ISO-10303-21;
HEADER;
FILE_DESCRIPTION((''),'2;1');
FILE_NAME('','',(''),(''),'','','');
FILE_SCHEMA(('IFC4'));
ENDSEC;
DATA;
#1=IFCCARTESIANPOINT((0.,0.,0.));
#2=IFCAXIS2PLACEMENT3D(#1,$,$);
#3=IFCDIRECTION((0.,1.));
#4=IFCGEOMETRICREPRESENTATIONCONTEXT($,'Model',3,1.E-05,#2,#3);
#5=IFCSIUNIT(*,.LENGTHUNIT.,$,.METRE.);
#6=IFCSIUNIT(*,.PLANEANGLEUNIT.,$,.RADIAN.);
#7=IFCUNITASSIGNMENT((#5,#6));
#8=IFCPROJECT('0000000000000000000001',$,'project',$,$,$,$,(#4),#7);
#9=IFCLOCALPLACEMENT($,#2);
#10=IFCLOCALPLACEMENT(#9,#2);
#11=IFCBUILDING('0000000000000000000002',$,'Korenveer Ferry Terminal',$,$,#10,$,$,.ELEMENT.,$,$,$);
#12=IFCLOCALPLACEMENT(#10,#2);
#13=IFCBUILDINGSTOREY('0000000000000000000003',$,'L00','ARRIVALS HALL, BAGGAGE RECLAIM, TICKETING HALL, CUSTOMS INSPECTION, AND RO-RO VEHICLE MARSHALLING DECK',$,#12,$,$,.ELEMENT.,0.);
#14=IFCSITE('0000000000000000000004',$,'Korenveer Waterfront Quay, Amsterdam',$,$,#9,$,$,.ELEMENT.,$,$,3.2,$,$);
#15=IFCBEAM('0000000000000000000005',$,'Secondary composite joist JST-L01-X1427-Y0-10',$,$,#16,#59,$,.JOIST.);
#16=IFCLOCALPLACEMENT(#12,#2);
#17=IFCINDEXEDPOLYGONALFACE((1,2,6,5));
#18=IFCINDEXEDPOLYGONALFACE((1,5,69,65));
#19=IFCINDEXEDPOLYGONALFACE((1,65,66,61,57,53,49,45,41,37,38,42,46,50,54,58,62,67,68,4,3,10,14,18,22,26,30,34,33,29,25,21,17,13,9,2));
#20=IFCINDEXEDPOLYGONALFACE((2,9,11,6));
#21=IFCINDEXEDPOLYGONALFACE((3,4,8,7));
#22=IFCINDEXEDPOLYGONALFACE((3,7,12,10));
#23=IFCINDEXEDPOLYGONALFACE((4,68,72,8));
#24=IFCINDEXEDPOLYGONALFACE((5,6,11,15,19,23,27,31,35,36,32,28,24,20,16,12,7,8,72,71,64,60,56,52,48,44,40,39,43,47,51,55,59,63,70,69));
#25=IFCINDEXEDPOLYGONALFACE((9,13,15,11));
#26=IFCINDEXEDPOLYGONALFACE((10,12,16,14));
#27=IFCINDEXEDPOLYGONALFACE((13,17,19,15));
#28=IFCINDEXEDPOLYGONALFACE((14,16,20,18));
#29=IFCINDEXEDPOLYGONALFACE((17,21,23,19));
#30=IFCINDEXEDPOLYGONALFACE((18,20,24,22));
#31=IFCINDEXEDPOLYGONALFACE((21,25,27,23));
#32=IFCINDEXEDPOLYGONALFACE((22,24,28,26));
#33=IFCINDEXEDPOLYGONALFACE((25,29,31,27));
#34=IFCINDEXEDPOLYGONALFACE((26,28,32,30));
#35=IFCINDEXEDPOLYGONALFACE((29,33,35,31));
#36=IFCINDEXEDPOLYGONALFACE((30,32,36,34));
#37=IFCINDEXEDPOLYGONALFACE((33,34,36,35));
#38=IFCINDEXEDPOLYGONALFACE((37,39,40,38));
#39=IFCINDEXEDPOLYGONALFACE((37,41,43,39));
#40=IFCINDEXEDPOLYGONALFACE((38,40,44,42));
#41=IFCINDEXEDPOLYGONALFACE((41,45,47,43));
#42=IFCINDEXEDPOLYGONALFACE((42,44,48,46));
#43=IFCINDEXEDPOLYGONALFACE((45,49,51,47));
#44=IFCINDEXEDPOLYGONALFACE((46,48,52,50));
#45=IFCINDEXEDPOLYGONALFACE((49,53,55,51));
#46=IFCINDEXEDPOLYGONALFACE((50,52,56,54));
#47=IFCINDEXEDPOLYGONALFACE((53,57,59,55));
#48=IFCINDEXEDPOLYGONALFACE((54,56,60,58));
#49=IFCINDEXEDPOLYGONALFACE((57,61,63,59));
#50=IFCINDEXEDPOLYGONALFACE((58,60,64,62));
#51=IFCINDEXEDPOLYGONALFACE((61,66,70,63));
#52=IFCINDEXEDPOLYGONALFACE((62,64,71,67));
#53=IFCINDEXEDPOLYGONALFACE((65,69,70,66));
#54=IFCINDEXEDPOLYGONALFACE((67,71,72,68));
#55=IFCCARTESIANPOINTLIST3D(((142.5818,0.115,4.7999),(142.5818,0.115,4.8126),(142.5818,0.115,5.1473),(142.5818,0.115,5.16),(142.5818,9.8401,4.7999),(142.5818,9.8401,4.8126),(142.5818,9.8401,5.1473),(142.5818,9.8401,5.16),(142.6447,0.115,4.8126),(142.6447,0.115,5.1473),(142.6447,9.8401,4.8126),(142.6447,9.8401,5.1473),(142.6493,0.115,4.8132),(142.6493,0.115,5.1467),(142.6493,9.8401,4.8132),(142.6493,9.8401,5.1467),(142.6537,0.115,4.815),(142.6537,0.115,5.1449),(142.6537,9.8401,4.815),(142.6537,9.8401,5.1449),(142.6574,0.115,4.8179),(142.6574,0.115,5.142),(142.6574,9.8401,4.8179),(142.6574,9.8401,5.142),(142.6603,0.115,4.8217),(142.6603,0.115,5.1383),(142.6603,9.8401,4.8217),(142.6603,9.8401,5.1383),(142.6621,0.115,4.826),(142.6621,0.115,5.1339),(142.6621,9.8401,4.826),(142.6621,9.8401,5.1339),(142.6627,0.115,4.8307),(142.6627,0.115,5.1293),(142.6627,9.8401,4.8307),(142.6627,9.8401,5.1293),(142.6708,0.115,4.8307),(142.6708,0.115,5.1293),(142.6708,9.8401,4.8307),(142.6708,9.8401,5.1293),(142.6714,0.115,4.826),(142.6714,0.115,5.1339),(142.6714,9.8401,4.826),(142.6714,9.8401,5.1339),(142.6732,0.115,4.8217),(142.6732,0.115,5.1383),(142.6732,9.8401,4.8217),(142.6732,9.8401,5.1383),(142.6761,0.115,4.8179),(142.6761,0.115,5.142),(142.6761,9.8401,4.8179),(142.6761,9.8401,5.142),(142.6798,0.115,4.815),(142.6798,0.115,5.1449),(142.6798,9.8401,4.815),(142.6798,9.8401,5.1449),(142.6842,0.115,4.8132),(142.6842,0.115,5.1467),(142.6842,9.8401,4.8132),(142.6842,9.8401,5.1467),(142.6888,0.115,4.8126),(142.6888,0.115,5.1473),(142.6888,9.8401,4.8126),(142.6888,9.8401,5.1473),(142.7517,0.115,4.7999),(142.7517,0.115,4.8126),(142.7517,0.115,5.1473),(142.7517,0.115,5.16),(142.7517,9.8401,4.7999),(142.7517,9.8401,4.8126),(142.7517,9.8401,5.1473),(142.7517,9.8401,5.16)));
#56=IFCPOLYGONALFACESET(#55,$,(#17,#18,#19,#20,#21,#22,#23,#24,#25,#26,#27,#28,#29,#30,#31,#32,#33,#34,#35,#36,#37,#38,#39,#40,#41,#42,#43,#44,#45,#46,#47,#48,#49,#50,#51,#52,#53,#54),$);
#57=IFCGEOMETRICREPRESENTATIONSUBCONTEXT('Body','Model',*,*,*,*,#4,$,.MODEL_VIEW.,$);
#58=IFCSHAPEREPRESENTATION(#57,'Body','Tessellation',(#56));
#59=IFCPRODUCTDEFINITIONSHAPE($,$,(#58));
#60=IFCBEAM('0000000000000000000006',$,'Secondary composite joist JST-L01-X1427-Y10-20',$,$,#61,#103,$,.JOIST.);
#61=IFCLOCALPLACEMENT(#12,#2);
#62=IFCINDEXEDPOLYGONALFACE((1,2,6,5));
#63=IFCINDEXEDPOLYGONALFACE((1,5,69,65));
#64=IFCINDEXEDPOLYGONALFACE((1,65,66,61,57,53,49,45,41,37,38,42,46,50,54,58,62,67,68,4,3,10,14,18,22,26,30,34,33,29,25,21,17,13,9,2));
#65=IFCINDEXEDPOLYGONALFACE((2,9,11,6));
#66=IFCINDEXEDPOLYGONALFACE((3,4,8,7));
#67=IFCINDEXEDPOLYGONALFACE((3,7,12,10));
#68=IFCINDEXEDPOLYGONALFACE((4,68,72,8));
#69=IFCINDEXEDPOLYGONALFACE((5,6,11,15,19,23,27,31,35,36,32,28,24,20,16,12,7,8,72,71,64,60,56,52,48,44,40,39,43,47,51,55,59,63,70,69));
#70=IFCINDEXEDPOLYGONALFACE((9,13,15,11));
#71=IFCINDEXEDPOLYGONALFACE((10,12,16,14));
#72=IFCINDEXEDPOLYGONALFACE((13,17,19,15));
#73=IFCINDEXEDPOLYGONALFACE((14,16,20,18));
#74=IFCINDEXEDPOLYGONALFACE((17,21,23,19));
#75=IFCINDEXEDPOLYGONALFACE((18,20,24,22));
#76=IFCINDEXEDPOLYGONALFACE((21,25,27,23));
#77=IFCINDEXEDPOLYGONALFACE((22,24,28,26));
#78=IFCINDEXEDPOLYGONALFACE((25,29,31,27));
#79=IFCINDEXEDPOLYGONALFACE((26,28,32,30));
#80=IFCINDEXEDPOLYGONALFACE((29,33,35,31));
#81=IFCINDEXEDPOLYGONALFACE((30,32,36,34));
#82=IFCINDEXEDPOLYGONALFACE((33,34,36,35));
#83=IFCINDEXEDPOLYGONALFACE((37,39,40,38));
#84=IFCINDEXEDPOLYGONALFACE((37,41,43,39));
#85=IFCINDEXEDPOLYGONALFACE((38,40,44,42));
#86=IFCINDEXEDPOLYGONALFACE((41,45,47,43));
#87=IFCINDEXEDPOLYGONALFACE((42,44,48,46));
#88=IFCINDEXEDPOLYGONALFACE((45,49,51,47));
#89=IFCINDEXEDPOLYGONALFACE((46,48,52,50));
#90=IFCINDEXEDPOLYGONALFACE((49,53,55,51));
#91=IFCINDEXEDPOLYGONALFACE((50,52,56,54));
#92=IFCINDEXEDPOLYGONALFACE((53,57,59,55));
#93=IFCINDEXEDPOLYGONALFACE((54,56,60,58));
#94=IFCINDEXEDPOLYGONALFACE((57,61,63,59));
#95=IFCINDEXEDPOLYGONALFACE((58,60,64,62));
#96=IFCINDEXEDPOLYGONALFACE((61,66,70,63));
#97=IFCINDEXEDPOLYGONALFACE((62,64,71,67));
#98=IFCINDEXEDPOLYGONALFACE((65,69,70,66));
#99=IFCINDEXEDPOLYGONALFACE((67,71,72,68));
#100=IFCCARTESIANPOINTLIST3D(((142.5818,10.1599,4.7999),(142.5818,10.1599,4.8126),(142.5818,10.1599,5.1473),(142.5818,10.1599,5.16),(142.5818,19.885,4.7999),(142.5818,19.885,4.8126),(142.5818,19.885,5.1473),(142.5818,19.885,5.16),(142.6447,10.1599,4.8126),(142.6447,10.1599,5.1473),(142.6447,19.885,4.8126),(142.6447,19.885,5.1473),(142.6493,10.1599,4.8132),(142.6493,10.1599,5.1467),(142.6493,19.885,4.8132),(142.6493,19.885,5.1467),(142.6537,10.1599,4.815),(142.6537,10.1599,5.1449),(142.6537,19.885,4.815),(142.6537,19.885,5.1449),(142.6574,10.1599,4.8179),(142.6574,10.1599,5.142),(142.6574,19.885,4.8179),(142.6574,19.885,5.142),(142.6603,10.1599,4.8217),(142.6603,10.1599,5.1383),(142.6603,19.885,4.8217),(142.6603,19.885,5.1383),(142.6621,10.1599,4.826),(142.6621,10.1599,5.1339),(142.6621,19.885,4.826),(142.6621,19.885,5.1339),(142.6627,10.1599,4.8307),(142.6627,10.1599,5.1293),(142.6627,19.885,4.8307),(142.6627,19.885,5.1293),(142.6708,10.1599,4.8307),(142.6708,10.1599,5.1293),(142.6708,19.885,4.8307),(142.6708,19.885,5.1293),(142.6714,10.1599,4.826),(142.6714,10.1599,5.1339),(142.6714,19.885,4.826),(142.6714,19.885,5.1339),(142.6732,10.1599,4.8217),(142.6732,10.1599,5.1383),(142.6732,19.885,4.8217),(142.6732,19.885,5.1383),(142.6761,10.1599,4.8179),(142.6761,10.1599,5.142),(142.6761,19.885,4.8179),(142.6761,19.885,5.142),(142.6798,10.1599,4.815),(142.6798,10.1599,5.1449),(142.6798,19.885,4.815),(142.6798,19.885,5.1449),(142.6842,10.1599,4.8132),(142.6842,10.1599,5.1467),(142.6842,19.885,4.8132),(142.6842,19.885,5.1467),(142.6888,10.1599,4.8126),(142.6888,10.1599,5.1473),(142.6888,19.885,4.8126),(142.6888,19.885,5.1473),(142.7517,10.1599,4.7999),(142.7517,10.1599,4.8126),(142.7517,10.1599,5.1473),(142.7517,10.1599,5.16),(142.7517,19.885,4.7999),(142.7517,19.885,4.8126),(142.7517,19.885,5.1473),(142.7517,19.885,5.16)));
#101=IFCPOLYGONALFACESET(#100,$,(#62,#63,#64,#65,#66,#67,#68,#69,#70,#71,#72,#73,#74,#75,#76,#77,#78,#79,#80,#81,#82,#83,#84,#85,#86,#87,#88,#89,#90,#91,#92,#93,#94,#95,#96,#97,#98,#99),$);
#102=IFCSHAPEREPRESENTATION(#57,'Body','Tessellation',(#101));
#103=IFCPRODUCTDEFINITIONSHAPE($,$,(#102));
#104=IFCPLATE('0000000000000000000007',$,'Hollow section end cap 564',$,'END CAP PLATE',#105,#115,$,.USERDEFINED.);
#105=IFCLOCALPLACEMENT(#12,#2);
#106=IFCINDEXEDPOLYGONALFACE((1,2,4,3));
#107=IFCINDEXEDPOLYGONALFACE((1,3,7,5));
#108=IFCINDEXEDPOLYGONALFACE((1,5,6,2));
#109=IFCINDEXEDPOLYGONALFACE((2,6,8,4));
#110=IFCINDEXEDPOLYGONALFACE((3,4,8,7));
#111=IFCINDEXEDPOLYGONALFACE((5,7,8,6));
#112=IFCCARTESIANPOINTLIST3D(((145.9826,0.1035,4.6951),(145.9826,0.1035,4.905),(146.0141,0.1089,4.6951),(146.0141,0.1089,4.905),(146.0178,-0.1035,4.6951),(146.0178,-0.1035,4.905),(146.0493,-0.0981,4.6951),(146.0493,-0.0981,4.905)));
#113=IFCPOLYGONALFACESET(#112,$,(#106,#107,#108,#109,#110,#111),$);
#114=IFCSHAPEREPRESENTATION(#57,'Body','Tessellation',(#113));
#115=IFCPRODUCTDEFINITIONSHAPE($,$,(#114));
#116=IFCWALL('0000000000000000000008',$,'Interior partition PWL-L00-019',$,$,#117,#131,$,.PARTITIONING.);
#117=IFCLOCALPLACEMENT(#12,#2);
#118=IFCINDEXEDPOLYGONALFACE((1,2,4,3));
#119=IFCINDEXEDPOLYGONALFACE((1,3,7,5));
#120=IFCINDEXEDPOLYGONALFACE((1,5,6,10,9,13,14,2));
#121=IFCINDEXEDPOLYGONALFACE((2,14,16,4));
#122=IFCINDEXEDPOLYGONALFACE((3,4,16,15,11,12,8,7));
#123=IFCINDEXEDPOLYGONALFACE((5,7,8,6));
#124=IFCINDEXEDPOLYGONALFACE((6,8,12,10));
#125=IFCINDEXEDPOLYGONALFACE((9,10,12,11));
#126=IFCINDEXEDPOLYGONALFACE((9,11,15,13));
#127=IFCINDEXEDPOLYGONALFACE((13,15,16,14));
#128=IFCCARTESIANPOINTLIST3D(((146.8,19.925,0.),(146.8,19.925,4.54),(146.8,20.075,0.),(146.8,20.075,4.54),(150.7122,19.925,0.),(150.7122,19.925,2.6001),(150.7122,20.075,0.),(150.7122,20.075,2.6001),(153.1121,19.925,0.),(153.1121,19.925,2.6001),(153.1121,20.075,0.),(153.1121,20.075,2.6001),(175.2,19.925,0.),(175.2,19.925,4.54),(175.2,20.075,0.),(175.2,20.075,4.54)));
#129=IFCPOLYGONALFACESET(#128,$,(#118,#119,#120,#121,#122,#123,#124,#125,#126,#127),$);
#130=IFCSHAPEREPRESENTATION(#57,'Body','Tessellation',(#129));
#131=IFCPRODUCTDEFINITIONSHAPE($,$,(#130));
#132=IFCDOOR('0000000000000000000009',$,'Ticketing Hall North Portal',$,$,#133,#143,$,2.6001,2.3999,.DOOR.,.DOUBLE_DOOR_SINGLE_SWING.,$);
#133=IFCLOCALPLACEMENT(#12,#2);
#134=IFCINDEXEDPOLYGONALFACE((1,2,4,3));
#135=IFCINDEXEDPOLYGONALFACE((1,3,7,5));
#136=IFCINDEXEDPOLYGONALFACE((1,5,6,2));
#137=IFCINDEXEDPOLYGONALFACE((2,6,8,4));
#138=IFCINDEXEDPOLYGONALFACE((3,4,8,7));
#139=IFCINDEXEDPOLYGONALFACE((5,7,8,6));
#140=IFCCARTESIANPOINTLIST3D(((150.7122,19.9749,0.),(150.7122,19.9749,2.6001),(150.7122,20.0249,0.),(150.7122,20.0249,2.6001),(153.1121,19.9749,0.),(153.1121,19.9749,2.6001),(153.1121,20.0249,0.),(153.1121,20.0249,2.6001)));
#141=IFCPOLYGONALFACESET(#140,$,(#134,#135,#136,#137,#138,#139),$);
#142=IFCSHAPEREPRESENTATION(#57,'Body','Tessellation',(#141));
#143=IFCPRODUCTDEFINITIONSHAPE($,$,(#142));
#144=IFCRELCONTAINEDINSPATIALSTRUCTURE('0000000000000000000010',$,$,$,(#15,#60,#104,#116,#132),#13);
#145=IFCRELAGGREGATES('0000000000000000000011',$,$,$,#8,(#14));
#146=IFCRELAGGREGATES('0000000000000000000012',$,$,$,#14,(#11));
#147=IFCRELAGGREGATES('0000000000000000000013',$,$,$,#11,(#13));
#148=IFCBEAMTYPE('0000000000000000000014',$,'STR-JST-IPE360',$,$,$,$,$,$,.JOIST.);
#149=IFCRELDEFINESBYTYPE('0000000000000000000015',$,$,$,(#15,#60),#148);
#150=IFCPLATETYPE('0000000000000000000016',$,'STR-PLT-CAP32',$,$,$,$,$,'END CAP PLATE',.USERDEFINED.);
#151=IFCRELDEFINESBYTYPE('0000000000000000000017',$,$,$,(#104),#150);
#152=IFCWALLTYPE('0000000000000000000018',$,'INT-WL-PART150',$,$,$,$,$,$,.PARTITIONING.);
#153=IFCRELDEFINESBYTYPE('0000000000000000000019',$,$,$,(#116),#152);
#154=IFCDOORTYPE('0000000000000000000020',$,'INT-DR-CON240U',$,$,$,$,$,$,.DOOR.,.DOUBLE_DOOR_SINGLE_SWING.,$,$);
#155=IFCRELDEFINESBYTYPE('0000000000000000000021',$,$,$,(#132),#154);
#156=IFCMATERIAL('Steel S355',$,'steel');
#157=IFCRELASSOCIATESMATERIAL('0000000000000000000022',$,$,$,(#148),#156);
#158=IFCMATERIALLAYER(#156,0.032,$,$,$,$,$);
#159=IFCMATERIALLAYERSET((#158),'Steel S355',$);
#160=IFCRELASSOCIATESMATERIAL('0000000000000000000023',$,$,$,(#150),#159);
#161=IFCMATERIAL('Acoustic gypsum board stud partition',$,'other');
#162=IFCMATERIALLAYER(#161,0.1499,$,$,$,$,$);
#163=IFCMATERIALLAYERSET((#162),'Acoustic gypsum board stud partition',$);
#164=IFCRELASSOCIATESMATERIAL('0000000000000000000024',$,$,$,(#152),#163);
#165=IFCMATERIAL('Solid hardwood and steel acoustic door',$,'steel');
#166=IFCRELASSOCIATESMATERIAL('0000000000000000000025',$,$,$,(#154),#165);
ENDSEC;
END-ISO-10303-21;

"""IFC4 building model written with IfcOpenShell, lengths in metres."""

from ifc_helpers import new_model, si_unit, direction, frame, frame_2d, origin, origin_2d, place, context, subcontext, project, spatial, rectangle, i_section, extrude, material, layer, layer_set, material_profile, profile_set, type_object, element, fill, save


model = new_model("IFC4")

# Units and contexts
model_context = context("Model", 3, precision=1e-05, world=origin(), true_north=direction((0.0, 1.0)))
body_context = subcontext(model_context, "Body", "Model", "MODEL_VIEW")
ifc_project = project(units=[si_unit("LENGTHUNIT", "METRE"), si_unit("PLANEANGLEUNIT", "RADIAN")], contexts=[model_context])

# Site, building, storey
site_placement = place(None, origin())
site = spatial("IfcSite", under=ifc_project, at=site_placement, Name="Korenveer Waterfront Quay, Amsterdam", CompositionType="ELEMENT", RefElevation=3.2)
building_placement = place(site_placement, origin())
building = spatial("IfcBuilding", under=site, at=building_placement, Name="Korenveer Ferry Terminal", CompositionType="ELEMENT")
storey_placement = place(building_placement, origin())
storey = spatial("IfcBuildingStorey", under=building, at=storey_placement, Name="L00", Description="ARRIVALS HALL, BAGGAGE RECLAIM, TICKETING HALL, CUSTOMS INSPECTION, AND RO-RO VEHICLE MARSHALLING DECK", CompositionType="ELEMENT", Elevation=0.0)

# Beams
ifc_material_1 = material(Name="Steel S355", Category="steel")
ifc_material_profile_1 = material_profile(ifc_material_1, i_section(OverallWidth=0.1699, OverallDepth=0.3601, WebThickness=0.0081, FlangeThickness=0.0127, FilletRadius=0.0181, at=origin_2d()), Name="IPE 360")
ifc_profile_set_1 = profile_set([ifc_material_profile_1], Name="Steel S355")
beam_type_1 = type_object("IfcBeamType", Name="STR-JST-IPE360", PredefinedType="JOIST", material=ifc_profile_set_1)
for number, where, z_axis, x_axis, name in (
    (1, (142.6667, 0.115, 4.98), (0.0, 1.0, 0.0), (-1.0, 0.0, 0.0), "Secondary composite joist JST-L01-X1427-Y0-10"),
    (2, (142.6667, 10.1599, 4.98), (0.0, 1.0, 0.0), (-1.0, 0.0, 0.0), "Secondary composite joist JST-L01-X1427-Y10-20"),
):
    element("IfcBeam", number, at=place(storey_placement, frame(where, z_axis=z_axis, x_axis=x_axis)), inside=storey, type_object=beam_type_1, Name=name, PredefinedType="JOIST", context=body_context, shape_type="SweptSolid", body=[
        extrude(i_section(OverallWidth=0.1699, OverallDepth=0.3601, WebThickness=0.0081, FlangeThickness=0.0127, FilletRadius=0.0181, at=origin_2d()), origin(), (0.0, 0.0, 1.0), 9.7251),
    ])

# Plate
ifc_layer_1 = layer(ifc_material_1, 0.032)
ifc_layer_set_1 = layer_set([ifc_layer_1], Name="Steel S355")
plate_type = type_object("IfcPlateType", Name="STR-PLT-CAP32", ElementType="END CAP PLATE", PredefinedType="USERDEFINED", material=ifc_layer_set_1)
plate_placement = place(storey_placement, frame((146.0317, 0.0054, 4.8), z_axis=(-0.985856, -0.167595, 0.0), x_axis=(0.167595, -0.985856, 0.0)))
element("IfcPlate", 3, at=plate_placement, inside=storey, type_object=plate_type, Name="Hollow section end cap 564", ObjectType="END CAP PLATE", PredefinedType="USERDEFINED", context=body_context, shape_type="SweptSolid", body=[
    extrude(rectangle(XDim=0.21, YDim=0.21, at=origin_2d()), origin(), (0.0, 0.0, 1.0), 0.032),
])

# Wall, opening, door
ifc_material_2 = material(Name="Acoustic gypsum board stud partition", Category="other")
ifc_layer_2 = layer(ifc_material_2, 0.1499)
ifc_layer_set_2 = layer_set([ifc_layer_2], Name="Acoustic gypsum board stud partition")
wall_type = type_object("IfcWallType", Name="INT-WL-PART150", PredefinedType="PARTITIONING", material=ifc_layer_set_2)
wall_placement = place(storey_placement, frame((146.8, 20.0, 0.0), z_axis=(0.0, 0.0, 1.0), x_axis=(1.0, 0.0, 0.0)))
wall = element("IfcWall", 4, at=wall_placement, inside=storey, type_object=wall_type, Name="Interior partition PWL-L00-019", PredefinedType="PARTITIONING", context=body_context, shape_type="SweptSolid", body=[
    extrude(rectangle(XDim=28.3999, YDim=0.1499, at=frame_2d((14.2, 0.0))), origin(), (0.0, 0.0, 1.0), 4.54),
])
opening_placement = place(wall_placement, frame((3.9121, 0.0, 0.0)))
opening = element("IfcOpeningElement", 5, at=opening_placement, cuts=wall, PredefinedType="OPENING", context=body_context, shape_type="SweptSolid", body=[
    extrude(rectangle(XDim=2.3999, YDim=2.6001, at=frame_2d((1.2, 1.3))), frame((0.0, 0.085, 0.0), z_axis=(0.0, -1.0, 0.0), x_axis=(1.0, 0.0, 0.0)), (0.0, 0.0, 1.0), 0.1699),
])
ifc_material_3 = material(Name="Solid hardwood and steel acoustic door", Category="steel")
door_type = type_object("IfcDoorType", Name="INT-DR-CON240U", OperationType="DOUBLE_DOOR_SINGLE_SWING", PredefinedType="DOOR", material=ifc_material_3)
door_placement = place(opening_placement, origin())
door = element("IfcDoor", 6, at=door_placement, inside=storey, type_object=door_type, Name="Ticketing Hall North Portal", OperationType="DOUBLE_DOOR_SINGLE_SWING", OverallHeight=2.6001, OverallWidth=2.3999, PredefinedType="DOOR", context=body_context, shape_type="SweptSolid", body=[
    extrude(rectangle(XDim=2.3999, YDim=2.6001, at=frame_2d((1.2, 1.3))), frame((0.0, 0.0249, 0.0), z_axis=(0.0, -1.0, 0.0), x_axis=(1.0, 0.0, 0.0)), (0.0, 0.0, 1.0), 0.05),
])
fill(opening, door)

save(model, "model.ifc")
